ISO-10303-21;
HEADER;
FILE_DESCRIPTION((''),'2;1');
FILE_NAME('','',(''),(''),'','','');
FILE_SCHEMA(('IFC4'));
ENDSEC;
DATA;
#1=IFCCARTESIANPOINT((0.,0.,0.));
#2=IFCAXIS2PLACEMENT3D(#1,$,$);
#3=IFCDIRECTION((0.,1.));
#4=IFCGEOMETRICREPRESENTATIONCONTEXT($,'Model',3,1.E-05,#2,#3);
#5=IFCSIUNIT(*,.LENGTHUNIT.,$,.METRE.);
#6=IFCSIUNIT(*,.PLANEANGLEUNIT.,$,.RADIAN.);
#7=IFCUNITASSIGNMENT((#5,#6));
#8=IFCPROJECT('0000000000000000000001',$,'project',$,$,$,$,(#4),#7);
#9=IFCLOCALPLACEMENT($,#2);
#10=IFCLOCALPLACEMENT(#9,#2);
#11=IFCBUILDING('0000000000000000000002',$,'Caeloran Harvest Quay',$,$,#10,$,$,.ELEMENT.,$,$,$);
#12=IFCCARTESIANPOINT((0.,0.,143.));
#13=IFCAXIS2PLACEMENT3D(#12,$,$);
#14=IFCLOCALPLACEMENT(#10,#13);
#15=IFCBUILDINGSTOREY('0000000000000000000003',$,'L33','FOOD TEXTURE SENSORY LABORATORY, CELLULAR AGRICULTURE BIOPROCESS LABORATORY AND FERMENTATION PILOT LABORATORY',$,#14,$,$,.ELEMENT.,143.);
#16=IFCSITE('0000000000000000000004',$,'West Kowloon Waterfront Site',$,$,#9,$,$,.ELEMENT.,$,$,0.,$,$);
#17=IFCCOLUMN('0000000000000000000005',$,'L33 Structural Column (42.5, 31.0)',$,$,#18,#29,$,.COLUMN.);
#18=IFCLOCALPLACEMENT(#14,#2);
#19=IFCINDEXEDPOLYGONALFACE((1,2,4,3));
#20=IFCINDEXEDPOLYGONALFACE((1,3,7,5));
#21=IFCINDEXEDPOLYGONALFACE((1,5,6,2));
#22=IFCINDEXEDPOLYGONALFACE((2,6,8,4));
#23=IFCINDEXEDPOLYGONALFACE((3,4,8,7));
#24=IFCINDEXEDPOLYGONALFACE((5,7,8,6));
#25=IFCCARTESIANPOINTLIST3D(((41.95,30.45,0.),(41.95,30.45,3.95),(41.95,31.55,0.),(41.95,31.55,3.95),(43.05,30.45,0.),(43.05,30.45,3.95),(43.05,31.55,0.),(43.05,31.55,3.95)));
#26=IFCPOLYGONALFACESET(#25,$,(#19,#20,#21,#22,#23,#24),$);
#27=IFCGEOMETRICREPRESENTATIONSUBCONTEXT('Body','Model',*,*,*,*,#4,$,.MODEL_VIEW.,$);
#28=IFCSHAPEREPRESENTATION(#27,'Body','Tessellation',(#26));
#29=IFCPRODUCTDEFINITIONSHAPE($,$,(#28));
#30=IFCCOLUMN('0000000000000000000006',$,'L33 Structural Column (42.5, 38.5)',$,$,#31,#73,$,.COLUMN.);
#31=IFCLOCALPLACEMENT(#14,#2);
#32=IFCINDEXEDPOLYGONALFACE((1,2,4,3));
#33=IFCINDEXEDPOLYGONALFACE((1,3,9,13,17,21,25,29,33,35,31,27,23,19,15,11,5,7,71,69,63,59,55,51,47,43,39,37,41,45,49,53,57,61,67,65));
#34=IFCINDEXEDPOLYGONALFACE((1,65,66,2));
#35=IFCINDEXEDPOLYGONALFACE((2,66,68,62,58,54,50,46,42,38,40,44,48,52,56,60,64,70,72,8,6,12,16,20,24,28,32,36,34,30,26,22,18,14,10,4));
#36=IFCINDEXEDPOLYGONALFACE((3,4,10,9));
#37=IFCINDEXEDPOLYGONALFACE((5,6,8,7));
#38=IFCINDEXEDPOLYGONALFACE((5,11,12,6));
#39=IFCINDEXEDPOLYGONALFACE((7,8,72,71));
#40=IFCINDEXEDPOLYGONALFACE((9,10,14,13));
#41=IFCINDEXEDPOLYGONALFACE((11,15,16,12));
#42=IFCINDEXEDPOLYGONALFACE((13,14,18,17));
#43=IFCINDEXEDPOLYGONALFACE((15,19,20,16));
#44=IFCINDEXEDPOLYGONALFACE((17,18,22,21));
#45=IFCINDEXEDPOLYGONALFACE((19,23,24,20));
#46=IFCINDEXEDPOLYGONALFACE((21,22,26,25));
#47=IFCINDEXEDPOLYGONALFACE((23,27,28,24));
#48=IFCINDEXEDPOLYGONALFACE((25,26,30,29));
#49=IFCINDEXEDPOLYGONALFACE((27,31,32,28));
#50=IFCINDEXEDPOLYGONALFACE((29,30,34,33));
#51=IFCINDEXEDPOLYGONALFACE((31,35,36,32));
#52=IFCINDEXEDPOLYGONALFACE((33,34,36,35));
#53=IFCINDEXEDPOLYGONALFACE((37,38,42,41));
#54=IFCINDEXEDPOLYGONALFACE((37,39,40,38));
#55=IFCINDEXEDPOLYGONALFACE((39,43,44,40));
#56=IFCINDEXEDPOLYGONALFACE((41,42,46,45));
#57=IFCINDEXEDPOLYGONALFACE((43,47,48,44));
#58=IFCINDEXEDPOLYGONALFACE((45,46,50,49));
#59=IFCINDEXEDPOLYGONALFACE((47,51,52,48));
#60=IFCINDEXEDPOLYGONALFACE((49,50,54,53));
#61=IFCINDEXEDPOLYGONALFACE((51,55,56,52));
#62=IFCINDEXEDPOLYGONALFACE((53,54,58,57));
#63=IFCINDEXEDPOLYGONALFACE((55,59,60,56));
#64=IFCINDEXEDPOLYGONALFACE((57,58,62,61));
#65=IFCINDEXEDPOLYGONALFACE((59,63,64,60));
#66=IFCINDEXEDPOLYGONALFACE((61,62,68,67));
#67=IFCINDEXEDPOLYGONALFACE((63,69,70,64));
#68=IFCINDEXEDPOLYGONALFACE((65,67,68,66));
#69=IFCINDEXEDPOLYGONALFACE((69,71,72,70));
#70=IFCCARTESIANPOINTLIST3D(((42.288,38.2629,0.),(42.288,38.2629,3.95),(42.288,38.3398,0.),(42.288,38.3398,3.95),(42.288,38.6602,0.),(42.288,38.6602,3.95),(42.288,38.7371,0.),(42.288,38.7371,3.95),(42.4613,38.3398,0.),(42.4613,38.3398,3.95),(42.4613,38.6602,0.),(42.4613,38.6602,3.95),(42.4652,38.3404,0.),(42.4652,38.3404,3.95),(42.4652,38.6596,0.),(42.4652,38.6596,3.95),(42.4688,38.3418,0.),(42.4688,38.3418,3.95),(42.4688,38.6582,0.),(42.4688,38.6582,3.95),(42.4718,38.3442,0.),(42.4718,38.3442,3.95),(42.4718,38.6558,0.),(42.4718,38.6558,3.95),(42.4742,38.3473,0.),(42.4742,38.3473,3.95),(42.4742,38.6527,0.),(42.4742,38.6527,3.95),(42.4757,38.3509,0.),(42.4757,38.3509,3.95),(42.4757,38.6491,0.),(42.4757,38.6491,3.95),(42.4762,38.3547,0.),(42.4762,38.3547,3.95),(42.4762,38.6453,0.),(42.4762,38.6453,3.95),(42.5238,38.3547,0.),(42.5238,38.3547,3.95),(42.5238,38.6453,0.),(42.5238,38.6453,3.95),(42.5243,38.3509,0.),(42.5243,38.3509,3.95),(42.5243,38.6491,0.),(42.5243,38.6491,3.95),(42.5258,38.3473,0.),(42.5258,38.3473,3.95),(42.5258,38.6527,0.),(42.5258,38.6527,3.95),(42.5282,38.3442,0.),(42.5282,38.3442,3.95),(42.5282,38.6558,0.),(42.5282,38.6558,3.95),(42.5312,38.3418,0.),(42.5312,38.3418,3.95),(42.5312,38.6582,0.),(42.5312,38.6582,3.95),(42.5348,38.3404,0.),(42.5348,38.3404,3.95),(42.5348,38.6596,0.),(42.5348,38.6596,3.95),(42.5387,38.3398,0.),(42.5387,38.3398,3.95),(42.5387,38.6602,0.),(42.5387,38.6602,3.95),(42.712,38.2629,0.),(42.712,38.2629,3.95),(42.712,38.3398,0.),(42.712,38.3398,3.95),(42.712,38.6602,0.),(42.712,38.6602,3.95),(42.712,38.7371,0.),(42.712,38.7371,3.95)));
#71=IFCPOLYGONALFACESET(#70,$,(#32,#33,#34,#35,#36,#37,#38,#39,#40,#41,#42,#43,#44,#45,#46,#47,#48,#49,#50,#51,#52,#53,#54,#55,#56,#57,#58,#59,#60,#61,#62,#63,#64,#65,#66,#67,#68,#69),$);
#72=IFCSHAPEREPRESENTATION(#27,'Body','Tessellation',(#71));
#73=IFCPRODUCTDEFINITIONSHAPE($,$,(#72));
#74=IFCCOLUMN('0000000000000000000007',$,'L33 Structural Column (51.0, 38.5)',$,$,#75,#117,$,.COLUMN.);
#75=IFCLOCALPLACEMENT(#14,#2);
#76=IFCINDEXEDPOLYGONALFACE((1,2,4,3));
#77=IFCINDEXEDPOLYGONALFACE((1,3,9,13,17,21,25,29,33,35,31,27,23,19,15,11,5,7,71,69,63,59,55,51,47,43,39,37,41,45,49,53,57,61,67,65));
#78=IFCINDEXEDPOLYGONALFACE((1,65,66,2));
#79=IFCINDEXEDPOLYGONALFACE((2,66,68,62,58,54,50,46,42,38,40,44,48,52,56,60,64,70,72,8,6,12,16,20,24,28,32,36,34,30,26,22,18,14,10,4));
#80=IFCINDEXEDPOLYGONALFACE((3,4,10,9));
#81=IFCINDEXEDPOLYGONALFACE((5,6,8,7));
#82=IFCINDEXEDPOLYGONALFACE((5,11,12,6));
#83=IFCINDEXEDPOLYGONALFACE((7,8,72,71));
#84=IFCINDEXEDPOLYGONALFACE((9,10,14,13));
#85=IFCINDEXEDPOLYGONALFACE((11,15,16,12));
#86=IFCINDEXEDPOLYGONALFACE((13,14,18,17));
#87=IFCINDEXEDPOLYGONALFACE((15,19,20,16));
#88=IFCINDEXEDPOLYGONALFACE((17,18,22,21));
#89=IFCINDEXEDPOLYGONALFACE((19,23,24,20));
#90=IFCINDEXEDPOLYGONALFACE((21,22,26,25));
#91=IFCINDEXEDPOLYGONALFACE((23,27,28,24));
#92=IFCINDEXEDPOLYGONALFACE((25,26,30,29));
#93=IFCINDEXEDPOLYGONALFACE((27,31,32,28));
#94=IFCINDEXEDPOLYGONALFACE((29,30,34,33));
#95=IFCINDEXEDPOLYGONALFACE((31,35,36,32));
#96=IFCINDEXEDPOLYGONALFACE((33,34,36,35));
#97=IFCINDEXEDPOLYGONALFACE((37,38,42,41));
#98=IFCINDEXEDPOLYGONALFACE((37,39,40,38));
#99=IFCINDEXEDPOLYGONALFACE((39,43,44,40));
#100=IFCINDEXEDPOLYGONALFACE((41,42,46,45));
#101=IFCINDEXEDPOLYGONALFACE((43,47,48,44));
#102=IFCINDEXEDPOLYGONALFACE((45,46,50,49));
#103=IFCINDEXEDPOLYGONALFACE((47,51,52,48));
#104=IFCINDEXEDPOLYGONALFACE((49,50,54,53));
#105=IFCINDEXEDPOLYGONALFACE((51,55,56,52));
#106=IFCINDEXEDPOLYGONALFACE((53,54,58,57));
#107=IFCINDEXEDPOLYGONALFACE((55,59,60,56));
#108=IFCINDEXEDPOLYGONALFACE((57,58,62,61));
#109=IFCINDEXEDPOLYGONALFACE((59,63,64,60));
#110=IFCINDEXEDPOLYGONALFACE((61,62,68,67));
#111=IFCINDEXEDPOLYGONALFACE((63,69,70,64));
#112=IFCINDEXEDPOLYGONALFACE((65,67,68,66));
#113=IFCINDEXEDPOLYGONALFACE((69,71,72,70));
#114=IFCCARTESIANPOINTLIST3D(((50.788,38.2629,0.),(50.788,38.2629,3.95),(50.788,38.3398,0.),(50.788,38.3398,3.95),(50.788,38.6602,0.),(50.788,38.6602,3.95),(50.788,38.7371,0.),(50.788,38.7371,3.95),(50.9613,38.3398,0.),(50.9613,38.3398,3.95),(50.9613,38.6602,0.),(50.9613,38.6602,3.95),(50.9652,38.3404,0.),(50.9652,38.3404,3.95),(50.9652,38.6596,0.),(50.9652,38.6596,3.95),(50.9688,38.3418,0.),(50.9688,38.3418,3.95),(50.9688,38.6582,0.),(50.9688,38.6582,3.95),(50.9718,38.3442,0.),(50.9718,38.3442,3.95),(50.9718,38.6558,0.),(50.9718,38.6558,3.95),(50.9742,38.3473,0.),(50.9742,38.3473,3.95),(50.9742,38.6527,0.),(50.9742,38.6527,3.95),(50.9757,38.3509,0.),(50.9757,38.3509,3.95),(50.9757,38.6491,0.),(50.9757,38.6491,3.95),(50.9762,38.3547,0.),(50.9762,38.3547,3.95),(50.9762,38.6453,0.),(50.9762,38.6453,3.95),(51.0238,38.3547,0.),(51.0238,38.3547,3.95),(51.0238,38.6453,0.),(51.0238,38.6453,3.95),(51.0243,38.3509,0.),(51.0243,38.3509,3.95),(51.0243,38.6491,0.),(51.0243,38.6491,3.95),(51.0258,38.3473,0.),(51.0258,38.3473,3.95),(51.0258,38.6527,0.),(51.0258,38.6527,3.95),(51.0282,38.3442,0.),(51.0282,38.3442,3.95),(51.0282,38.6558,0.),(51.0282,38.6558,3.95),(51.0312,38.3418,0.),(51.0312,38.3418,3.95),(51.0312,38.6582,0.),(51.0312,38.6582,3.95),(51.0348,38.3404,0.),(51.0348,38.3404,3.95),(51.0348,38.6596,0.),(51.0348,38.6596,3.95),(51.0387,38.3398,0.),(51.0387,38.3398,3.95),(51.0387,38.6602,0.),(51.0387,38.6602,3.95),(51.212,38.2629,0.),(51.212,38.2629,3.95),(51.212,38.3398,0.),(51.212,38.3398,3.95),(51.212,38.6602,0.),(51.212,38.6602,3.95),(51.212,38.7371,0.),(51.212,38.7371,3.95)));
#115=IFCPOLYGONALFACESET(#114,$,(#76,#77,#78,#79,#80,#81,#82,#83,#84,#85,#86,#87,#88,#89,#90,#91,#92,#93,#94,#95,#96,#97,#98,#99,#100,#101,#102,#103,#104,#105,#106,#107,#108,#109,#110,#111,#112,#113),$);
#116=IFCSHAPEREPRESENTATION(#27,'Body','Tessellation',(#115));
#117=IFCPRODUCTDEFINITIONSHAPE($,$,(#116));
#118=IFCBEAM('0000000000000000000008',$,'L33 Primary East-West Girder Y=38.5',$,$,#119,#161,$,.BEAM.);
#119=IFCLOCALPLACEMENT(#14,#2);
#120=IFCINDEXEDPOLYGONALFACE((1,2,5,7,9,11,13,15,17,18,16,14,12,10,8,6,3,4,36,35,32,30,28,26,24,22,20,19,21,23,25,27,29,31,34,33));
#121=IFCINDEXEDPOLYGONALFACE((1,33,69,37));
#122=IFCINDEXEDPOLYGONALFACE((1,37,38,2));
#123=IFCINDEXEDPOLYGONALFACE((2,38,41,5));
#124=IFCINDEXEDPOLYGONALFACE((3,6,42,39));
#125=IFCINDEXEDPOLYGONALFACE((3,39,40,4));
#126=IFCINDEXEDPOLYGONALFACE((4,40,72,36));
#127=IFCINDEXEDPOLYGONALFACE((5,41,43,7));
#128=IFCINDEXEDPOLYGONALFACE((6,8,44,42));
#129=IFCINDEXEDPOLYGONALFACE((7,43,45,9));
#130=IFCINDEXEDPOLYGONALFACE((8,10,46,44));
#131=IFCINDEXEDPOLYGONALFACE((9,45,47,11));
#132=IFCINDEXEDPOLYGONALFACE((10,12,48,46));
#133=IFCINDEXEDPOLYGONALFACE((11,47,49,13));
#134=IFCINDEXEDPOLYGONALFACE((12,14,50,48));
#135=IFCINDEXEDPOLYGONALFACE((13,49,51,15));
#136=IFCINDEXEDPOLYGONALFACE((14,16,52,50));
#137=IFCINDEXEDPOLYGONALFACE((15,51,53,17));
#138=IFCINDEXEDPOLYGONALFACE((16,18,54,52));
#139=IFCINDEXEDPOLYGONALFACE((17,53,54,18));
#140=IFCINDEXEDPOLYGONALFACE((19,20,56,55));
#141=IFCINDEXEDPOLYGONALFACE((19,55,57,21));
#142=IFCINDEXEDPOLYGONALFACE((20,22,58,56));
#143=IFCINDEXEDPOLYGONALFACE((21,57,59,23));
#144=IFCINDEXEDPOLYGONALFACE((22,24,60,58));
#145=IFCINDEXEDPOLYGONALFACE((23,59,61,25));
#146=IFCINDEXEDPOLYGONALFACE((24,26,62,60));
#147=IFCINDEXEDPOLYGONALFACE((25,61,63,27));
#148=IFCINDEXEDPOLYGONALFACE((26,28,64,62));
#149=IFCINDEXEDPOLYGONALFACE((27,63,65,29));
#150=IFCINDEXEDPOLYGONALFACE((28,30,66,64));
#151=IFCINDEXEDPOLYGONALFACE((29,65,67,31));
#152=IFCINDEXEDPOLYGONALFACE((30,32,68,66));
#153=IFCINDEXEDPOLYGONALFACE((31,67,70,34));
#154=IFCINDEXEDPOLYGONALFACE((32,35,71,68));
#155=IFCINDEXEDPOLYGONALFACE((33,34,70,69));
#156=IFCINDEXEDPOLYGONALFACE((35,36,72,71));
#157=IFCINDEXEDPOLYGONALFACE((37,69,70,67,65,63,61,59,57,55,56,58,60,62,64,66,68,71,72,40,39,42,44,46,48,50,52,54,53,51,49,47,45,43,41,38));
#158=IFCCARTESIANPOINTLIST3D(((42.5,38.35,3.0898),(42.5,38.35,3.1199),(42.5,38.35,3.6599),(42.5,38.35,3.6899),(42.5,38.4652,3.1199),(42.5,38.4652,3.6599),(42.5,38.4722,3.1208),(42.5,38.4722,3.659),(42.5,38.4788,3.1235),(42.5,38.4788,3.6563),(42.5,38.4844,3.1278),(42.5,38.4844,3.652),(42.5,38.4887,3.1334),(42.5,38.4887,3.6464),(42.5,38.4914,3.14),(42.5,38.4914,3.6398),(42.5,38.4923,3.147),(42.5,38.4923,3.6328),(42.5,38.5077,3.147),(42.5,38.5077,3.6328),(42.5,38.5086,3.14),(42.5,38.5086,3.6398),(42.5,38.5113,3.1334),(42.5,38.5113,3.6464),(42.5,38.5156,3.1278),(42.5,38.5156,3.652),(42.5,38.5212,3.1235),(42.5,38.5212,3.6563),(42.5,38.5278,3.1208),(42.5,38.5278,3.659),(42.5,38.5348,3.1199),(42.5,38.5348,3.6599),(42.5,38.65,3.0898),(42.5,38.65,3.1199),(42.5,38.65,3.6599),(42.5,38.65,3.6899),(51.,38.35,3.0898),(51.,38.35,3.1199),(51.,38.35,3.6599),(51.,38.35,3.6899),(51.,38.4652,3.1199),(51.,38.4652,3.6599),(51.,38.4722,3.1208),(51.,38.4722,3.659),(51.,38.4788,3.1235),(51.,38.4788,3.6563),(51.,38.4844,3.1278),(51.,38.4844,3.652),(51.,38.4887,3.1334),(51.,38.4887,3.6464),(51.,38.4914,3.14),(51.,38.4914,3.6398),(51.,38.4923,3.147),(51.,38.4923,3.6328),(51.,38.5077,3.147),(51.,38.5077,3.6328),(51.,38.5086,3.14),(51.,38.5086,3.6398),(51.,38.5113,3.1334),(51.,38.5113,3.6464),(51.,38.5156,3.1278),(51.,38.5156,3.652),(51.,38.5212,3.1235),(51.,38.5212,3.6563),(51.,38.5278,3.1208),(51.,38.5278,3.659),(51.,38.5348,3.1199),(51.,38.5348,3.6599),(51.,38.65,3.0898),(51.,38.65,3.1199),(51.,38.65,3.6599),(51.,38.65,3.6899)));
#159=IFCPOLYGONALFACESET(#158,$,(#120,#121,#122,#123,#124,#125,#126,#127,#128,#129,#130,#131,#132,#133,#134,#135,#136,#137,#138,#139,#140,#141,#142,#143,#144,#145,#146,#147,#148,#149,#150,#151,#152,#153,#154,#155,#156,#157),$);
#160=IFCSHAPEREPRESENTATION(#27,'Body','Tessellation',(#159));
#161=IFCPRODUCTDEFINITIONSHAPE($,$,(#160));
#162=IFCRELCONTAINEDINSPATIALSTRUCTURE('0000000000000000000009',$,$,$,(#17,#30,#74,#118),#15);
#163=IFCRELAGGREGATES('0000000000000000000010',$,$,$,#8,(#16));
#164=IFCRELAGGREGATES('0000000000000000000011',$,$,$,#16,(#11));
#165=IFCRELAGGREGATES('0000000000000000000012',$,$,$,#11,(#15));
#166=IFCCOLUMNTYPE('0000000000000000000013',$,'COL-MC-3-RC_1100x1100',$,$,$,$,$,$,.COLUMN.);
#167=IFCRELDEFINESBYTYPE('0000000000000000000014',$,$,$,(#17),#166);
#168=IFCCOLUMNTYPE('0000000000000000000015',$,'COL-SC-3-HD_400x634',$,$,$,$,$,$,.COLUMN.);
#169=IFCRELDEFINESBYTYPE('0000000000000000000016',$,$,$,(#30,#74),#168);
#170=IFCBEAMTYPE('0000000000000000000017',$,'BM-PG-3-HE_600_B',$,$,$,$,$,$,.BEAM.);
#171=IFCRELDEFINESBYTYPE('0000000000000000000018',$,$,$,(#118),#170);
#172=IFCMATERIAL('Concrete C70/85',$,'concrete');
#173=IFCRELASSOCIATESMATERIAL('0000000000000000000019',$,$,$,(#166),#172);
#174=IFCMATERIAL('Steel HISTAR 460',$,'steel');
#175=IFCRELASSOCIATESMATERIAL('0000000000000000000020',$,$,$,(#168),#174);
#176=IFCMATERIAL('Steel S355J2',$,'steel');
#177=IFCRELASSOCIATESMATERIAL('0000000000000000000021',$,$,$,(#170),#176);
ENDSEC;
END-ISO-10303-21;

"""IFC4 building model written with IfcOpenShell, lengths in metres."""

from ifc_helpers import new_model, si_unit, direction, frame, origin, origin_2d, place, context, subcontext, project, spatial, rectangle, i_section, extrude, material, material_profile, profile_set, type_object, element, save


model = new_model("IFC4")

# Units and contexts
model_context = context("Model", 3, precision=1e-05, world=origin(), true_north=direction((0.0, 1.0)))
body_context = subcontext(model_context, "Body", "Model", "MODEL_VIEW")
ifc_project = project(units=[si_unit("LENGTHUNIT", "METRE"), si_unit("PLANEANGLEUNIT", "RADIAN")], contexts=[model_context])

# Site, building, storey
site_placement = place(None, origin())
site = spatial("IfcSite", under=ifc_project, at=site_placement, Name="West Kowloon Waterfront Site", CompositionType="ELEMENT", RefElevation=0.0)
building_placement = place(site_placement, origin())
building = spatial("IfcBuilding", under=site, at=building_placement, Name="Caeloran Harvest Quay", CompositionType="ELEMENT")
storey_placement = place(building_placement, frame((0.0, 0.0, 143.0)))
storey = spatial("IfcBuildingStorey", under=building, at=storey_placement, Name="L33", Description="FOOD TEXTURE SENSORY LABORATORY, CELLULAR AGRICULTURE BIOPROCESS LABORATORY AND FERMENTATION PILOT LABORATORY", CompositionType="ELEMENT", Elevation=143.0)

# Columns
ifc_material_1 = material(Name="Concrete C70/85", Category="concrete")
ifc_material_profile_1 = material_profile(ifc_material_1, rectangle(XDim=1.1001, YDim=1.1001, at=origin_2d()), Name="RC 1100x1100")
ifc_profile_set_1 = profile_set([ifc_material_profile_1], Name="Concrete C70/85")
column_type_1 = type_object("IfcColumnType", Name="COL-MC-3-RC_1100x1100", PredefinedType="COLUMN", material=ifc_profile_set_1)
column_placement = place(storey_placement, frame((42.5, 31.0, 0.0), z_axis=(0.0, 0.0, 1.0), x_axis=(1.0, 0.0, 0.0)))
element("IfcColumn", 1, at=column_placement, inside=storey, type_object=column_type_1, Name="L33 Structural Column (42.5, 31.0)", PredefinedType="COLUMN", context=body_context, shape_type="SweptSolid", body=[
    extrude(rectangle(XDim=1.1001, YDim=1.1001, at=origin_2d()), origin(), (0.0, 0.0, 1.0), 3.95),
])
ifc_material_2 = material(Name="Steel HISTAR 460", Category="steel")
ifc_material_profile_2 = material_profile(ifc_material_2, i_section(OverallWidth=0.4241, OverallDepth=0.4741, WebThickness=0.0476, FlangeThickness=0.0769, FilletRadius=0.0149, at=origin_2d()), Name="HD 400x634")
ifc_profile_set_2 = profile_set([ifc_material_profile_2], Name="Steel HISTAR 460")
column_type_2 = type_object("IfcColumnType", Name="COL-SC-3-HD_400x634", PredefinedType="COLUMN", material=ifc_profile_set_2)
for number, where, z_axis, x_axis, name in (
    (2, (42.5, 38.5, 0.0), (0.0, 0.0, 1.0), (1.0, 0.0, 0.0), "L33 Structural Column (42.5, 38.5)"),
    (3, (51.0, 38.5, 0.0), (0.0, 0.0, 1.0), (1.0, 0.0, 0.0), "L33 Structural Column (51.0, 38.5)"),
):
    element("IfcColumn", number, at=place(storey_placement, frame(where, z_axis=z_axis, x_axis=x_axis)), inside=storey, type_object=column_type_2, Name=name, PredefinedType="COLUMN", context=body_context, shape_type="SweptSolid", body=[
        extrude(i_section(OverallWidth=0.4241, OverallDepth=0.4741, WebThickness=0.0476, FlangeThickness=0.0769, FilletRadius=0.0149, at=origin_2d()), origin(), (0.0, 0.0, 1.0), 3.95),
    ])

# Beam
ifc_material_3 = material(Name="Steel S355J2", Category="steel")
ifc_material_profile_3 = material_profile(ifc_material_3, i_section(OverallWidth=0.3, OverallDepth=0.6001, WebThickness=0.0154, FlangeThickness=0.03, FilletRadius=0.0271, at=origin_2d()), Name="HE 600 B")
ifc_profile_set_3 = profile_set([ifc_material_profile_3], Name="Steel S355J2")
beam_type = type_object("IfcBeamType", Name="BM-PG-3-HE_600_B", PredefinedType="BEAM", material=ifc_profile_set_3)
beam_1_placement = place(storey_placement, frame((42.5, 38.5, 3.3899), z_axis=(1.0, 0.0, 0.0), x_axis=(0.0, 1.0, 0.0)))
element("IfcBeam", 4, at=beam_1_placement, inside=storey, type_object=beam_type, Name="L33 Primary East-West Girder Y=38.5", PredefinedType="BEAM", context=body_context, shape_type="SweptSolid", body=[
    extrude(i_section(OverallWidth=0.3, OverallDepth=0.6001, WebThickness=0.0154, FlangeThickness=0.03, FilletRadius=0.0271, at=origin_2d()), origin(), (0.0, 0.0, 1.0), 8.5),
])

save(model, "model.ifc")
